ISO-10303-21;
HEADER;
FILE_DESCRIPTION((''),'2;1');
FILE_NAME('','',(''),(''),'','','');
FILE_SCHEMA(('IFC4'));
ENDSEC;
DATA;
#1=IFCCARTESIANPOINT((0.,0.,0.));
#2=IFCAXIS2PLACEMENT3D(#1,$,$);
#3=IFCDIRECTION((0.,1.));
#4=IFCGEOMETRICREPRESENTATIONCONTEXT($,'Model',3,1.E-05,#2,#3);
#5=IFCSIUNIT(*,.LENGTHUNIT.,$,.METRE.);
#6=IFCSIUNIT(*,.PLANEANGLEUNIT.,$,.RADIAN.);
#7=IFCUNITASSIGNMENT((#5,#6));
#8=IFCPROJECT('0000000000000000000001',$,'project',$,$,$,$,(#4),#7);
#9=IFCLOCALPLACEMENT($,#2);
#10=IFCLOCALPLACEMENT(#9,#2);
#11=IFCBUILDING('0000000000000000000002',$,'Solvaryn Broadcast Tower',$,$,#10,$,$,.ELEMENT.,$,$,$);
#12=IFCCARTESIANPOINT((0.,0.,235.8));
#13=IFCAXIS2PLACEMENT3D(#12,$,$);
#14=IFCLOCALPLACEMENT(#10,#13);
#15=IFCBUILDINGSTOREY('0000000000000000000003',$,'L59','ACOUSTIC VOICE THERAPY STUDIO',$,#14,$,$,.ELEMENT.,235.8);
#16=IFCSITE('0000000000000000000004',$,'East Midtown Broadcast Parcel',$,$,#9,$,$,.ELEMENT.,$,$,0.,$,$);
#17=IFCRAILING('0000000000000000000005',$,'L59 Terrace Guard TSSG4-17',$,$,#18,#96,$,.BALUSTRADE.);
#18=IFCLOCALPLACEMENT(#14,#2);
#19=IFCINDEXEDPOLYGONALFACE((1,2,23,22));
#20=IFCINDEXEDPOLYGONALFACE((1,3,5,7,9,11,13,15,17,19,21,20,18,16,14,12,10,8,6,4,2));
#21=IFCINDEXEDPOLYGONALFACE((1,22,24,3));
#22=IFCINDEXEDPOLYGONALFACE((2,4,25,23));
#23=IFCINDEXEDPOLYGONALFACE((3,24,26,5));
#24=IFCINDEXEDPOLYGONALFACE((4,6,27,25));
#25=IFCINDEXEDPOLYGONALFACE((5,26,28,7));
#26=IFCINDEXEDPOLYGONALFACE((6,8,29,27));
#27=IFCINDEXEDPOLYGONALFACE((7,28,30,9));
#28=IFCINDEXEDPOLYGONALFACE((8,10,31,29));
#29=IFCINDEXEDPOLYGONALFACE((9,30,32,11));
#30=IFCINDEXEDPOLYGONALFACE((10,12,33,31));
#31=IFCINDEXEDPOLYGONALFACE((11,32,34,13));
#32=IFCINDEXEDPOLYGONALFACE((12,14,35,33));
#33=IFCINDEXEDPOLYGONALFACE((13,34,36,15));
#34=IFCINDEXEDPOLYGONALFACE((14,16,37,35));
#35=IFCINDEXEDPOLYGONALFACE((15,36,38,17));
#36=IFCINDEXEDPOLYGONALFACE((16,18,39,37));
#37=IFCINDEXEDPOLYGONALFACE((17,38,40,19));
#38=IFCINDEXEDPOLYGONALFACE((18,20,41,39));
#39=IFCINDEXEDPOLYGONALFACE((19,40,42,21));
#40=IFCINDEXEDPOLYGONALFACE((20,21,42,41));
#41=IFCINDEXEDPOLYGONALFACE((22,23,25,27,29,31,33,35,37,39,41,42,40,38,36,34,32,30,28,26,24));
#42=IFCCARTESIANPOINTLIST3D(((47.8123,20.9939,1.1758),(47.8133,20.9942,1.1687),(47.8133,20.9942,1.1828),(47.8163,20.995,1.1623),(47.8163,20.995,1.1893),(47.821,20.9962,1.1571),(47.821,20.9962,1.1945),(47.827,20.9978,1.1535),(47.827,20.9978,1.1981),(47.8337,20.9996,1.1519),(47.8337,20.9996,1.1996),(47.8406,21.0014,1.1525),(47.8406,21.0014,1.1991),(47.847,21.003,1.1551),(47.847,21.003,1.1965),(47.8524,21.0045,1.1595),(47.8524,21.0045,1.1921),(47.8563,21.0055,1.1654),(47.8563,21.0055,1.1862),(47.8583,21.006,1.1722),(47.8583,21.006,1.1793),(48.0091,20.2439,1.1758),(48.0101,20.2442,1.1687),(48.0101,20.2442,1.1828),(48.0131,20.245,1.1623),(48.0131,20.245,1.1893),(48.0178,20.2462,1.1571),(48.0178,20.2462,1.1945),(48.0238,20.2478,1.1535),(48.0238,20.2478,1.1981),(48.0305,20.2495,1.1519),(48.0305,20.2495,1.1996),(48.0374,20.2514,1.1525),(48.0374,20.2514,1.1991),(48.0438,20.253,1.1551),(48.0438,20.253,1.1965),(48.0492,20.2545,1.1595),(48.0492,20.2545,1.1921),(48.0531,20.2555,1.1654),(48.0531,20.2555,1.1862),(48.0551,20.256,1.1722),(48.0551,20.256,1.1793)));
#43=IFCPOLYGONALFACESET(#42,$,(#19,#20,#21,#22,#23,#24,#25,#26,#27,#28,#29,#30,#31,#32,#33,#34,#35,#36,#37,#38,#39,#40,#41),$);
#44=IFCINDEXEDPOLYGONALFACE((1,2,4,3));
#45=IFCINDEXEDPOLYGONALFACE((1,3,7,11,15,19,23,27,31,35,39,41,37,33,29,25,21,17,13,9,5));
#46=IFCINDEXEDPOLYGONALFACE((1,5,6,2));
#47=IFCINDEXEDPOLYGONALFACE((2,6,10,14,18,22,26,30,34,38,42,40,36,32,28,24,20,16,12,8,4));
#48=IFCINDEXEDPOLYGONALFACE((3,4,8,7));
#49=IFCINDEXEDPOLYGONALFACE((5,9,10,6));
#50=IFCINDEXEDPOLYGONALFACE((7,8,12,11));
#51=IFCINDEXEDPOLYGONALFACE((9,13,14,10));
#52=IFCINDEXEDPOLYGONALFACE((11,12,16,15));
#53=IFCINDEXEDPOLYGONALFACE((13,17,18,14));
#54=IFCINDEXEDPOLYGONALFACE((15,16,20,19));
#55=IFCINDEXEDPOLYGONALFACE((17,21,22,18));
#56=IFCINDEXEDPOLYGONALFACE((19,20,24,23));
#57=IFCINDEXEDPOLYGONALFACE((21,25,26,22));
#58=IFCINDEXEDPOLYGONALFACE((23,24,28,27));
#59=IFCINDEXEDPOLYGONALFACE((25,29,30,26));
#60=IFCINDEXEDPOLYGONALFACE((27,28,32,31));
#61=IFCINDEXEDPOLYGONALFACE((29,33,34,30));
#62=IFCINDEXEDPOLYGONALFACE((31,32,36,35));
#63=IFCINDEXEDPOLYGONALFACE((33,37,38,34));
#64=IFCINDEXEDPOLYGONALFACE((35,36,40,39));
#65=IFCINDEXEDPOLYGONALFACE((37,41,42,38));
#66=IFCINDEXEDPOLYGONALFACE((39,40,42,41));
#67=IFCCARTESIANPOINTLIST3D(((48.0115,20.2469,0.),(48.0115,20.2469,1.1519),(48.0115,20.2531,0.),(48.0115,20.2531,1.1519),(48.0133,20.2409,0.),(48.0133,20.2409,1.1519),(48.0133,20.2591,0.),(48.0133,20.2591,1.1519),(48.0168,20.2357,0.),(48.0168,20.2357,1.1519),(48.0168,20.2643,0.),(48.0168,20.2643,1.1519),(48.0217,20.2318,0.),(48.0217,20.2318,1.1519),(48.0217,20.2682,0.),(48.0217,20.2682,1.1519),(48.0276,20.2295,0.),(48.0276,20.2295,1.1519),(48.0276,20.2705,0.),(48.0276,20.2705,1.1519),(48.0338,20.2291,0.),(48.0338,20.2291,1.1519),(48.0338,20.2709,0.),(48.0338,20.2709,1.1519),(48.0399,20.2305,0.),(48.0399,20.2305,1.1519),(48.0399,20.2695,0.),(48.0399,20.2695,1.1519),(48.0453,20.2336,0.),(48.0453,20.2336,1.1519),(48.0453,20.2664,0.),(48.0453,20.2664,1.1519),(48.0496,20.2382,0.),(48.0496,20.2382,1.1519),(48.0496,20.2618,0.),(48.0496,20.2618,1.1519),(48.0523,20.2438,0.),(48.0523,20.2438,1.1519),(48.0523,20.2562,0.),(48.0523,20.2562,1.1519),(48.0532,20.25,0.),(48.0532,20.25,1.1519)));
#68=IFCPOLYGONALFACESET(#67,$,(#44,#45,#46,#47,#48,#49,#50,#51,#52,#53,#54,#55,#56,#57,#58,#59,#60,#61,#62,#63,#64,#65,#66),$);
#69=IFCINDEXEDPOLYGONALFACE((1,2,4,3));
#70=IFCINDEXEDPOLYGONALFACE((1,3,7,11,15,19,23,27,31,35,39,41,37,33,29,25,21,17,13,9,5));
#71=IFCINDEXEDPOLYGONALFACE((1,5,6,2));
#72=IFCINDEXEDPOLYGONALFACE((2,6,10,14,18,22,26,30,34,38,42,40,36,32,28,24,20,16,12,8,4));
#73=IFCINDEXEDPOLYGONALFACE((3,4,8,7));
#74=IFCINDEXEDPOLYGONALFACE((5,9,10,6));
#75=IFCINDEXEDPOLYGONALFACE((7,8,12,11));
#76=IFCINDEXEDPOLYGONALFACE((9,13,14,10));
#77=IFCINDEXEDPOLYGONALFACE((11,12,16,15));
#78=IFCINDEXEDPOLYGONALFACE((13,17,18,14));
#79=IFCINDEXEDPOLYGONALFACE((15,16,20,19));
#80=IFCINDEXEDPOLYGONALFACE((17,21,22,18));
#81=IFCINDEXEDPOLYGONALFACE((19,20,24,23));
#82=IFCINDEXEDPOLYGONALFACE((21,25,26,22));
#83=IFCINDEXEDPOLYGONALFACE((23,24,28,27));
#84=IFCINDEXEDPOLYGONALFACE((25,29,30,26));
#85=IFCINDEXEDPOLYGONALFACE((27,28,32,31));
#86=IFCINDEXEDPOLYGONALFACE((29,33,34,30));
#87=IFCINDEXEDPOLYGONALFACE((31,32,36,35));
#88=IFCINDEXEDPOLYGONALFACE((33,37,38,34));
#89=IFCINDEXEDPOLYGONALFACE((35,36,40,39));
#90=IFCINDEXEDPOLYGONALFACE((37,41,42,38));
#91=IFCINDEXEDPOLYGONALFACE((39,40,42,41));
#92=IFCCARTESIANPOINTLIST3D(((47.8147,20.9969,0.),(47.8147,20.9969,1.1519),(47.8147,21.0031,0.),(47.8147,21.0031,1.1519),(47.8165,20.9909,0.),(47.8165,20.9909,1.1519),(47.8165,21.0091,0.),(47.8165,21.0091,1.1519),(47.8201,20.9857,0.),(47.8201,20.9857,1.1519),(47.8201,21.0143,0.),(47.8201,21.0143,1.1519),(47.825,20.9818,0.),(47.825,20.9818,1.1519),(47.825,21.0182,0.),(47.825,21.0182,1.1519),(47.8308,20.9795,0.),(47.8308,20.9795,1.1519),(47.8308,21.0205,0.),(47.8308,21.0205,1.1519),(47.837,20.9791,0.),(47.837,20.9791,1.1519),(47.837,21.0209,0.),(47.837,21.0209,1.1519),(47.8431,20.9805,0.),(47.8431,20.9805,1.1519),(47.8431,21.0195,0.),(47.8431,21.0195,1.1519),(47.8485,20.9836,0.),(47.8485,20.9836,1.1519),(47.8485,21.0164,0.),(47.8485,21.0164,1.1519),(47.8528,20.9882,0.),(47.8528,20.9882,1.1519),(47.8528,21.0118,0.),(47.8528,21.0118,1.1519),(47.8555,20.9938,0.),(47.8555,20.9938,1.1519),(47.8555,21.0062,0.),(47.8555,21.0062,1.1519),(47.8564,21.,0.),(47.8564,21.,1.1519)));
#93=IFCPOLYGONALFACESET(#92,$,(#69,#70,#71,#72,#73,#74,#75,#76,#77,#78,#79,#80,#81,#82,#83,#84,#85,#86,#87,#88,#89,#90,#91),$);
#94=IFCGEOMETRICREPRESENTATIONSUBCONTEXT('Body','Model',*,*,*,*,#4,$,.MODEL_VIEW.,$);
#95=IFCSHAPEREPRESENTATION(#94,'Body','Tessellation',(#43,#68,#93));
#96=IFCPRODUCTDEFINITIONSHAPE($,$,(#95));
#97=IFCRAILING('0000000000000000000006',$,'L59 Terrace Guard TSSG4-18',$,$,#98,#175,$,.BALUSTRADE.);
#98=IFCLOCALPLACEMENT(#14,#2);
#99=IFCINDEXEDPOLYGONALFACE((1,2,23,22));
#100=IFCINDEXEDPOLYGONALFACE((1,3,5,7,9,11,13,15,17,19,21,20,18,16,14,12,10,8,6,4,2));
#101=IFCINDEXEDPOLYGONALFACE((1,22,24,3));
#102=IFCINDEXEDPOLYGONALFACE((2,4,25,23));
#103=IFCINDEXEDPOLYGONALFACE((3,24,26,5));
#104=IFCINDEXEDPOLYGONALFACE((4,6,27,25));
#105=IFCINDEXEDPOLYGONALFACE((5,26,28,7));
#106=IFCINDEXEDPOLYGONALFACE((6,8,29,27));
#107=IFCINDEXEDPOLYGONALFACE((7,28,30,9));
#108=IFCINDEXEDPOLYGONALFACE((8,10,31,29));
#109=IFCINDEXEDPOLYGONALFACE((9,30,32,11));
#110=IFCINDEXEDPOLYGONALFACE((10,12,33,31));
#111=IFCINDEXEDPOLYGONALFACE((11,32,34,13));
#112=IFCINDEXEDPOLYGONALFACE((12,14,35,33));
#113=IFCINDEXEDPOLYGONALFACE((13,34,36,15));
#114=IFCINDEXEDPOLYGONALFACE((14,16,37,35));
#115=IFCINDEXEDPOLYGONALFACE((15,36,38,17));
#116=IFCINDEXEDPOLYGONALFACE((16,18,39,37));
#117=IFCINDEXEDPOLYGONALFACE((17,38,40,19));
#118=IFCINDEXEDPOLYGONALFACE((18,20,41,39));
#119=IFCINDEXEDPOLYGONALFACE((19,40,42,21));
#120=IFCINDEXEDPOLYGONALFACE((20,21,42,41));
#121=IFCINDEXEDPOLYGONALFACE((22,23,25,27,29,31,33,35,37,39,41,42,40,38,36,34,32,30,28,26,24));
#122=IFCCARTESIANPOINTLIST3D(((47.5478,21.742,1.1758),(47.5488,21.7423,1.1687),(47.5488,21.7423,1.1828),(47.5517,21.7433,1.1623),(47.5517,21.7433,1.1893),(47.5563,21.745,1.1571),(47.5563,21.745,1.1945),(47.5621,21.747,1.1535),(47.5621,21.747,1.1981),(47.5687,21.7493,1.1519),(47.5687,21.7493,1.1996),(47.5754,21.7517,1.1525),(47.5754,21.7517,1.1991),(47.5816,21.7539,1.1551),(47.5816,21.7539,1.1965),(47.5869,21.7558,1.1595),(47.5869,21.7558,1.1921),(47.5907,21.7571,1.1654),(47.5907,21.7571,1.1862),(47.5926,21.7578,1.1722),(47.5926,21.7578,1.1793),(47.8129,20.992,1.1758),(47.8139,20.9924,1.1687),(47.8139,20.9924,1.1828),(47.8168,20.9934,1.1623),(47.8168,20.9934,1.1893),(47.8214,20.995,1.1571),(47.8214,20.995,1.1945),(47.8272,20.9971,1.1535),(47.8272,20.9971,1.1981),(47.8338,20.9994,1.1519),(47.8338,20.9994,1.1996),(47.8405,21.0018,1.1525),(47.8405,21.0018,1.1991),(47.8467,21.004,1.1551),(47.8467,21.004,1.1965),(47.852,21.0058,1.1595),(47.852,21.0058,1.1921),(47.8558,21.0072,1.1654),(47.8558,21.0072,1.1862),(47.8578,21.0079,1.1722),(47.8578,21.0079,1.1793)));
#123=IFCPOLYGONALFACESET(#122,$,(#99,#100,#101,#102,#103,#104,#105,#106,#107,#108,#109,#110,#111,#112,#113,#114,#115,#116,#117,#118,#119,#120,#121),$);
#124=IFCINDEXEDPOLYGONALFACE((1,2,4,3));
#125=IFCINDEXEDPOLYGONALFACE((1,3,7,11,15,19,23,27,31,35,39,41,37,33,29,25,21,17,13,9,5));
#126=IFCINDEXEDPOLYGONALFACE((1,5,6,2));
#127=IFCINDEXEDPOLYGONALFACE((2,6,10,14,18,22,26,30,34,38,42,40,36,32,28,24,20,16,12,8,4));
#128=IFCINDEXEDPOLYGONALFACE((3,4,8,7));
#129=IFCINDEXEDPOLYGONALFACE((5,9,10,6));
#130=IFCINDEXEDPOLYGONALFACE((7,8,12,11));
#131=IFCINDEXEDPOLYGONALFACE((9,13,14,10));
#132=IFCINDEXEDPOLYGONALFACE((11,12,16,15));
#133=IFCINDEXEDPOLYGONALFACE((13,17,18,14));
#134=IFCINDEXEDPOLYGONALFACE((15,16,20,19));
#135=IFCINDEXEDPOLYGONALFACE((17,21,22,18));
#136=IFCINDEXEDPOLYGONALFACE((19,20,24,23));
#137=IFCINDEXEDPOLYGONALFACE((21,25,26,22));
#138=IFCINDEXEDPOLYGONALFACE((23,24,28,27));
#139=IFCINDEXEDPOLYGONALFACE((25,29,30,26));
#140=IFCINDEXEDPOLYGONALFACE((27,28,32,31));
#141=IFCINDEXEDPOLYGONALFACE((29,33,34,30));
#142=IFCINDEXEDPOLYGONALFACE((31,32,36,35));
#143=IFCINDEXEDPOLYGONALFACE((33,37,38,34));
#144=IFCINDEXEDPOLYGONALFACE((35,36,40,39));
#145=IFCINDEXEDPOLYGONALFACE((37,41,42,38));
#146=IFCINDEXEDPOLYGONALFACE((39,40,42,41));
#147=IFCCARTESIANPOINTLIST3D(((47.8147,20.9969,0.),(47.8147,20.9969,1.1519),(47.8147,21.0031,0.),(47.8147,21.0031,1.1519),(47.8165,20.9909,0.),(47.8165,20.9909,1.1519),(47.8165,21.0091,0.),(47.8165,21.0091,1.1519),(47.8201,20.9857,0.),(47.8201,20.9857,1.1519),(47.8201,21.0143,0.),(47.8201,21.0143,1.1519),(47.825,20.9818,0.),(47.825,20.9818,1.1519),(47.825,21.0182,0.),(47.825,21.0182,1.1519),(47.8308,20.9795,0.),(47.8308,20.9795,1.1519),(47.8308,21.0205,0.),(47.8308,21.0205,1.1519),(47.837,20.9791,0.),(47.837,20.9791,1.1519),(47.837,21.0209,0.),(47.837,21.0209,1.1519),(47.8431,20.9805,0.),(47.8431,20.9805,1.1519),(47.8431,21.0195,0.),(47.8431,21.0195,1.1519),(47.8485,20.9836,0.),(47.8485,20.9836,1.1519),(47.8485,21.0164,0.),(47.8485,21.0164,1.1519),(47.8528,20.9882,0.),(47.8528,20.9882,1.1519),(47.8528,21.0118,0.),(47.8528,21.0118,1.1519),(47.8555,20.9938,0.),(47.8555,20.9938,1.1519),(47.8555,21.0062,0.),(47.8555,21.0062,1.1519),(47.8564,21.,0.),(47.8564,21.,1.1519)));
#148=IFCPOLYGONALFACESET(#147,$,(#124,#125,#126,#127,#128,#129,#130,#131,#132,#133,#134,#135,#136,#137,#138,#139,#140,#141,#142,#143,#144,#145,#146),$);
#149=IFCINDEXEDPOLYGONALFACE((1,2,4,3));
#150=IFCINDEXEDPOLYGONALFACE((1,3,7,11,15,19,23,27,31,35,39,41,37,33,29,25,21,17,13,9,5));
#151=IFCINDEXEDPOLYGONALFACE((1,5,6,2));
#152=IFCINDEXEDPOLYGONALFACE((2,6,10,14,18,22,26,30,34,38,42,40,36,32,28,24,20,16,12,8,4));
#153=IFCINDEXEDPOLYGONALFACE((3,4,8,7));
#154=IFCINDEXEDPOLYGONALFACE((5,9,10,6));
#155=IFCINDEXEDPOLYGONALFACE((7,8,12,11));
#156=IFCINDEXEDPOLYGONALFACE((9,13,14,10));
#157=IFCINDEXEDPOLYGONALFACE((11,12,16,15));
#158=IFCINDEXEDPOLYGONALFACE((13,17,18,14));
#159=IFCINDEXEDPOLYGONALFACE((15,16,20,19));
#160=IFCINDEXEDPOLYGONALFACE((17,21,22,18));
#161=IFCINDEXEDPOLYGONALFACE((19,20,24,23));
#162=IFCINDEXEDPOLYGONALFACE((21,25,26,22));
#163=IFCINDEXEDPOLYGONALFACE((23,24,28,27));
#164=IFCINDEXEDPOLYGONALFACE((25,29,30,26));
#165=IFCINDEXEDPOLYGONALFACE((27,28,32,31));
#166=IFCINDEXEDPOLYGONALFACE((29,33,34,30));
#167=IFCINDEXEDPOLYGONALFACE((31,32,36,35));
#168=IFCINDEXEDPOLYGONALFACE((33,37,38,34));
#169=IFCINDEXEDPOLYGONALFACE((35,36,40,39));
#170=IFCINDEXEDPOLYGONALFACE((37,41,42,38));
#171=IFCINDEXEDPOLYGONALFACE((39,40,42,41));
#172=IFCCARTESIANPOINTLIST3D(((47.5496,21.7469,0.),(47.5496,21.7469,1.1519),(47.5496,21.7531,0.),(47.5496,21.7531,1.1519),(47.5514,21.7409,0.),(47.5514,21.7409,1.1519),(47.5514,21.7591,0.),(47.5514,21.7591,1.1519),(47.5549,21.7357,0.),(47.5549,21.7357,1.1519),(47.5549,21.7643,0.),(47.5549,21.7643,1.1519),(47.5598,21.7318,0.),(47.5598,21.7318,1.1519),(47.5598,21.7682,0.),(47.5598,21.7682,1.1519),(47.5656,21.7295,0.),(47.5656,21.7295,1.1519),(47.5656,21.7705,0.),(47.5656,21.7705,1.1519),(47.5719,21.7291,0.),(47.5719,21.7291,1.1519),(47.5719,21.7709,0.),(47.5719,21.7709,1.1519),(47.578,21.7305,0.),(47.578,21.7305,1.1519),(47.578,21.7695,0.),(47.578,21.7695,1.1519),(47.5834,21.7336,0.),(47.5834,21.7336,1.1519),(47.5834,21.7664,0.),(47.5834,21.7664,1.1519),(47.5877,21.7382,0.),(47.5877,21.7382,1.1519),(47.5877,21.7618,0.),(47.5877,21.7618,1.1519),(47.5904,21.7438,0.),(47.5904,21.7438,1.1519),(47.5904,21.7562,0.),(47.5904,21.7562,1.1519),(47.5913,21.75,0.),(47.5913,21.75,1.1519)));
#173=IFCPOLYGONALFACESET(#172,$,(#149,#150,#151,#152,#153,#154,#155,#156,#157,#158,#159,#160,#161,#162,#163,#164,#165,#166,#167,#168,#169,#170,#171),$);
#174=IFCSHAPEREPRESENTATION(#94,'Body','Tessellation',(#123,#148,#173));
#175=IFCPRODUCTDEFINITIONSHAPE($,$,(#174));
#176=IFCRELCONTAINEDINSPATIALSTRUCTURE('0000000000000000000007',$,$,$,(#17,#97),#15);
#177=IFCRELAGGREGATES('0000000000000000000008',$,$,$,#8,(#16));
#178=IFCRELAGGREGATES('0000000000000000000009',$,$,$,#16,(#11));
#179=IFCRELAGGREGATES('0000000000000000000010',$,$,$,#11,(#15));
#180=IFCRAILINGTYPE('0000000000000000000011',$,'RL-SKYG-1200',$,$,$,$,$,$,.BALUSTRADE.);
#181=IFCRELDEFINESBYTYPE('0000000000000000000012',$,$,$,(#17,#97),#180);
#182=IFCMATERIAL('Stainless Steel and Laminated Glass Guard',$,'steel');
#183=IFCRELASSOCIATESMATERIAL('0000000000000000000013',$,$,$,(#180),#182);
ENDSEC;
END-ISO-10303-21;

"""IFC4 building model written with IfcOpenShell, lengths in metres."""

from ifc_helpers import new_model, si_unit, direction, frame, origin, origin_2d, place, context, subcontext, project, spatial, circle, extrude, material, type_object, element, save


model = new_model("IFC4")

# Units and contexts
model_context = context("Model", 3, precision=1e-05, world=origin(), true_north=direction((0.0, 1.0)))
body_context = subcontext(model_context, "Body", "Model", "MODEL_VIEW")
ifc_project = project(units=[si_unit("LENGTHUNIT", "METRE"), si_unit("PLANEANGLEUNIT", "RADIAN")], contexts=[model_context])

# Site, building, storey
site_placement = place(None, origin())
site = spatial("IfcSite", under=ifc_project, at=site_placement, Name="East Midtown Broadcast Parcel", CompositionType="ELEMENT", RefElevation=0.0)
building_placement = place(site_placement, origin())
building = spatial("IfcBuilding", under=site, at=building_placement, Name="Solvaryn Broadcast Tower", CompositionType="ELEMENT")
storey_placement = place(building_placement, frame((0.0, 0.0, 235.8)))
storey = spatial("IfcBuildingStorey", under=building, at=storey_placement, Name="L59", Description="ACOUSTIC VOICE THERAPY STUDIO", CompositionType="ELEMENT", Elevation=235.8)

# Railings
ifc_material_1 = material(Name="Stainless Steel and Laminated Glass Guard", Category="steel")
railing_type = type_object("IfcRailingType", Name="RL-SKYG-1200", PredefinedType="BALUSTRADE", material=ifc_material_1)
railing_1_placement = place(storey_placement, frame((48.0322, 20.25, 0.0)))
element("IfcRailing", 1, at=railing_1_placement, inside=storey, type_object=railing_type, Name="L59 Terrace Guard TSSG4-17", PredefinedType="BALUSTRADE", context=body_context, shape_type="SweptSolid", body=[
    extrude(circle(Radius=0.0239, at=origin_2d()), frame((0.0, 0.0, 1.1758), z_axis=(-0.25378, 0.967262, 0.0), x_axis=(-0.967262, -0.25378, 0.0)), (0.0, 0.0, 1.0), 0.7754),
    extrude(circle(Radius=0.021, at=origin_2d()), origin(), (0.0, 0.0, 1.0), 1.1519),
    extrude(circle(Radius=0.021, at=origin_2d()), frame((-0.1968, 0.75, 0.0)), (0.0, 0.0, 1.0), 1.1519),
])
railing_2_placement = place(storey_placement, frame((47.8354, 21.0, 0.0)))
element("IfcRailing", 2, at=railing_2_placement, inside=storey, type_object=railing_type, Name="L59 Terrace Guard TSSG4-18", PredefinedType="BALUSTRADE", context=body_context, shape_type="SweptSolid", body=[
    extrude(circle(Radius=0.0239, at=origin_2d()), frame((0.0, 0.0, 1.1758), z_axis=(-0.333302, 0.94282, 0.0), x_axis=(-0.94282, -0.333302, 0.0)), (0.0, 0.0, 1.0), 0.7954),
    extrude(circle(Radius=0.021, at=origin_2d()), origin(), (0.0, 0.0, 1.0), 1.1519),
    extrude(circle(Radius=0.021, at=origin_2d()), frame((-0.2651, 0.75, 0.0)), (0.0, 0.0, 1.0), 1.1519),
])

save(model, "model.ifc")
